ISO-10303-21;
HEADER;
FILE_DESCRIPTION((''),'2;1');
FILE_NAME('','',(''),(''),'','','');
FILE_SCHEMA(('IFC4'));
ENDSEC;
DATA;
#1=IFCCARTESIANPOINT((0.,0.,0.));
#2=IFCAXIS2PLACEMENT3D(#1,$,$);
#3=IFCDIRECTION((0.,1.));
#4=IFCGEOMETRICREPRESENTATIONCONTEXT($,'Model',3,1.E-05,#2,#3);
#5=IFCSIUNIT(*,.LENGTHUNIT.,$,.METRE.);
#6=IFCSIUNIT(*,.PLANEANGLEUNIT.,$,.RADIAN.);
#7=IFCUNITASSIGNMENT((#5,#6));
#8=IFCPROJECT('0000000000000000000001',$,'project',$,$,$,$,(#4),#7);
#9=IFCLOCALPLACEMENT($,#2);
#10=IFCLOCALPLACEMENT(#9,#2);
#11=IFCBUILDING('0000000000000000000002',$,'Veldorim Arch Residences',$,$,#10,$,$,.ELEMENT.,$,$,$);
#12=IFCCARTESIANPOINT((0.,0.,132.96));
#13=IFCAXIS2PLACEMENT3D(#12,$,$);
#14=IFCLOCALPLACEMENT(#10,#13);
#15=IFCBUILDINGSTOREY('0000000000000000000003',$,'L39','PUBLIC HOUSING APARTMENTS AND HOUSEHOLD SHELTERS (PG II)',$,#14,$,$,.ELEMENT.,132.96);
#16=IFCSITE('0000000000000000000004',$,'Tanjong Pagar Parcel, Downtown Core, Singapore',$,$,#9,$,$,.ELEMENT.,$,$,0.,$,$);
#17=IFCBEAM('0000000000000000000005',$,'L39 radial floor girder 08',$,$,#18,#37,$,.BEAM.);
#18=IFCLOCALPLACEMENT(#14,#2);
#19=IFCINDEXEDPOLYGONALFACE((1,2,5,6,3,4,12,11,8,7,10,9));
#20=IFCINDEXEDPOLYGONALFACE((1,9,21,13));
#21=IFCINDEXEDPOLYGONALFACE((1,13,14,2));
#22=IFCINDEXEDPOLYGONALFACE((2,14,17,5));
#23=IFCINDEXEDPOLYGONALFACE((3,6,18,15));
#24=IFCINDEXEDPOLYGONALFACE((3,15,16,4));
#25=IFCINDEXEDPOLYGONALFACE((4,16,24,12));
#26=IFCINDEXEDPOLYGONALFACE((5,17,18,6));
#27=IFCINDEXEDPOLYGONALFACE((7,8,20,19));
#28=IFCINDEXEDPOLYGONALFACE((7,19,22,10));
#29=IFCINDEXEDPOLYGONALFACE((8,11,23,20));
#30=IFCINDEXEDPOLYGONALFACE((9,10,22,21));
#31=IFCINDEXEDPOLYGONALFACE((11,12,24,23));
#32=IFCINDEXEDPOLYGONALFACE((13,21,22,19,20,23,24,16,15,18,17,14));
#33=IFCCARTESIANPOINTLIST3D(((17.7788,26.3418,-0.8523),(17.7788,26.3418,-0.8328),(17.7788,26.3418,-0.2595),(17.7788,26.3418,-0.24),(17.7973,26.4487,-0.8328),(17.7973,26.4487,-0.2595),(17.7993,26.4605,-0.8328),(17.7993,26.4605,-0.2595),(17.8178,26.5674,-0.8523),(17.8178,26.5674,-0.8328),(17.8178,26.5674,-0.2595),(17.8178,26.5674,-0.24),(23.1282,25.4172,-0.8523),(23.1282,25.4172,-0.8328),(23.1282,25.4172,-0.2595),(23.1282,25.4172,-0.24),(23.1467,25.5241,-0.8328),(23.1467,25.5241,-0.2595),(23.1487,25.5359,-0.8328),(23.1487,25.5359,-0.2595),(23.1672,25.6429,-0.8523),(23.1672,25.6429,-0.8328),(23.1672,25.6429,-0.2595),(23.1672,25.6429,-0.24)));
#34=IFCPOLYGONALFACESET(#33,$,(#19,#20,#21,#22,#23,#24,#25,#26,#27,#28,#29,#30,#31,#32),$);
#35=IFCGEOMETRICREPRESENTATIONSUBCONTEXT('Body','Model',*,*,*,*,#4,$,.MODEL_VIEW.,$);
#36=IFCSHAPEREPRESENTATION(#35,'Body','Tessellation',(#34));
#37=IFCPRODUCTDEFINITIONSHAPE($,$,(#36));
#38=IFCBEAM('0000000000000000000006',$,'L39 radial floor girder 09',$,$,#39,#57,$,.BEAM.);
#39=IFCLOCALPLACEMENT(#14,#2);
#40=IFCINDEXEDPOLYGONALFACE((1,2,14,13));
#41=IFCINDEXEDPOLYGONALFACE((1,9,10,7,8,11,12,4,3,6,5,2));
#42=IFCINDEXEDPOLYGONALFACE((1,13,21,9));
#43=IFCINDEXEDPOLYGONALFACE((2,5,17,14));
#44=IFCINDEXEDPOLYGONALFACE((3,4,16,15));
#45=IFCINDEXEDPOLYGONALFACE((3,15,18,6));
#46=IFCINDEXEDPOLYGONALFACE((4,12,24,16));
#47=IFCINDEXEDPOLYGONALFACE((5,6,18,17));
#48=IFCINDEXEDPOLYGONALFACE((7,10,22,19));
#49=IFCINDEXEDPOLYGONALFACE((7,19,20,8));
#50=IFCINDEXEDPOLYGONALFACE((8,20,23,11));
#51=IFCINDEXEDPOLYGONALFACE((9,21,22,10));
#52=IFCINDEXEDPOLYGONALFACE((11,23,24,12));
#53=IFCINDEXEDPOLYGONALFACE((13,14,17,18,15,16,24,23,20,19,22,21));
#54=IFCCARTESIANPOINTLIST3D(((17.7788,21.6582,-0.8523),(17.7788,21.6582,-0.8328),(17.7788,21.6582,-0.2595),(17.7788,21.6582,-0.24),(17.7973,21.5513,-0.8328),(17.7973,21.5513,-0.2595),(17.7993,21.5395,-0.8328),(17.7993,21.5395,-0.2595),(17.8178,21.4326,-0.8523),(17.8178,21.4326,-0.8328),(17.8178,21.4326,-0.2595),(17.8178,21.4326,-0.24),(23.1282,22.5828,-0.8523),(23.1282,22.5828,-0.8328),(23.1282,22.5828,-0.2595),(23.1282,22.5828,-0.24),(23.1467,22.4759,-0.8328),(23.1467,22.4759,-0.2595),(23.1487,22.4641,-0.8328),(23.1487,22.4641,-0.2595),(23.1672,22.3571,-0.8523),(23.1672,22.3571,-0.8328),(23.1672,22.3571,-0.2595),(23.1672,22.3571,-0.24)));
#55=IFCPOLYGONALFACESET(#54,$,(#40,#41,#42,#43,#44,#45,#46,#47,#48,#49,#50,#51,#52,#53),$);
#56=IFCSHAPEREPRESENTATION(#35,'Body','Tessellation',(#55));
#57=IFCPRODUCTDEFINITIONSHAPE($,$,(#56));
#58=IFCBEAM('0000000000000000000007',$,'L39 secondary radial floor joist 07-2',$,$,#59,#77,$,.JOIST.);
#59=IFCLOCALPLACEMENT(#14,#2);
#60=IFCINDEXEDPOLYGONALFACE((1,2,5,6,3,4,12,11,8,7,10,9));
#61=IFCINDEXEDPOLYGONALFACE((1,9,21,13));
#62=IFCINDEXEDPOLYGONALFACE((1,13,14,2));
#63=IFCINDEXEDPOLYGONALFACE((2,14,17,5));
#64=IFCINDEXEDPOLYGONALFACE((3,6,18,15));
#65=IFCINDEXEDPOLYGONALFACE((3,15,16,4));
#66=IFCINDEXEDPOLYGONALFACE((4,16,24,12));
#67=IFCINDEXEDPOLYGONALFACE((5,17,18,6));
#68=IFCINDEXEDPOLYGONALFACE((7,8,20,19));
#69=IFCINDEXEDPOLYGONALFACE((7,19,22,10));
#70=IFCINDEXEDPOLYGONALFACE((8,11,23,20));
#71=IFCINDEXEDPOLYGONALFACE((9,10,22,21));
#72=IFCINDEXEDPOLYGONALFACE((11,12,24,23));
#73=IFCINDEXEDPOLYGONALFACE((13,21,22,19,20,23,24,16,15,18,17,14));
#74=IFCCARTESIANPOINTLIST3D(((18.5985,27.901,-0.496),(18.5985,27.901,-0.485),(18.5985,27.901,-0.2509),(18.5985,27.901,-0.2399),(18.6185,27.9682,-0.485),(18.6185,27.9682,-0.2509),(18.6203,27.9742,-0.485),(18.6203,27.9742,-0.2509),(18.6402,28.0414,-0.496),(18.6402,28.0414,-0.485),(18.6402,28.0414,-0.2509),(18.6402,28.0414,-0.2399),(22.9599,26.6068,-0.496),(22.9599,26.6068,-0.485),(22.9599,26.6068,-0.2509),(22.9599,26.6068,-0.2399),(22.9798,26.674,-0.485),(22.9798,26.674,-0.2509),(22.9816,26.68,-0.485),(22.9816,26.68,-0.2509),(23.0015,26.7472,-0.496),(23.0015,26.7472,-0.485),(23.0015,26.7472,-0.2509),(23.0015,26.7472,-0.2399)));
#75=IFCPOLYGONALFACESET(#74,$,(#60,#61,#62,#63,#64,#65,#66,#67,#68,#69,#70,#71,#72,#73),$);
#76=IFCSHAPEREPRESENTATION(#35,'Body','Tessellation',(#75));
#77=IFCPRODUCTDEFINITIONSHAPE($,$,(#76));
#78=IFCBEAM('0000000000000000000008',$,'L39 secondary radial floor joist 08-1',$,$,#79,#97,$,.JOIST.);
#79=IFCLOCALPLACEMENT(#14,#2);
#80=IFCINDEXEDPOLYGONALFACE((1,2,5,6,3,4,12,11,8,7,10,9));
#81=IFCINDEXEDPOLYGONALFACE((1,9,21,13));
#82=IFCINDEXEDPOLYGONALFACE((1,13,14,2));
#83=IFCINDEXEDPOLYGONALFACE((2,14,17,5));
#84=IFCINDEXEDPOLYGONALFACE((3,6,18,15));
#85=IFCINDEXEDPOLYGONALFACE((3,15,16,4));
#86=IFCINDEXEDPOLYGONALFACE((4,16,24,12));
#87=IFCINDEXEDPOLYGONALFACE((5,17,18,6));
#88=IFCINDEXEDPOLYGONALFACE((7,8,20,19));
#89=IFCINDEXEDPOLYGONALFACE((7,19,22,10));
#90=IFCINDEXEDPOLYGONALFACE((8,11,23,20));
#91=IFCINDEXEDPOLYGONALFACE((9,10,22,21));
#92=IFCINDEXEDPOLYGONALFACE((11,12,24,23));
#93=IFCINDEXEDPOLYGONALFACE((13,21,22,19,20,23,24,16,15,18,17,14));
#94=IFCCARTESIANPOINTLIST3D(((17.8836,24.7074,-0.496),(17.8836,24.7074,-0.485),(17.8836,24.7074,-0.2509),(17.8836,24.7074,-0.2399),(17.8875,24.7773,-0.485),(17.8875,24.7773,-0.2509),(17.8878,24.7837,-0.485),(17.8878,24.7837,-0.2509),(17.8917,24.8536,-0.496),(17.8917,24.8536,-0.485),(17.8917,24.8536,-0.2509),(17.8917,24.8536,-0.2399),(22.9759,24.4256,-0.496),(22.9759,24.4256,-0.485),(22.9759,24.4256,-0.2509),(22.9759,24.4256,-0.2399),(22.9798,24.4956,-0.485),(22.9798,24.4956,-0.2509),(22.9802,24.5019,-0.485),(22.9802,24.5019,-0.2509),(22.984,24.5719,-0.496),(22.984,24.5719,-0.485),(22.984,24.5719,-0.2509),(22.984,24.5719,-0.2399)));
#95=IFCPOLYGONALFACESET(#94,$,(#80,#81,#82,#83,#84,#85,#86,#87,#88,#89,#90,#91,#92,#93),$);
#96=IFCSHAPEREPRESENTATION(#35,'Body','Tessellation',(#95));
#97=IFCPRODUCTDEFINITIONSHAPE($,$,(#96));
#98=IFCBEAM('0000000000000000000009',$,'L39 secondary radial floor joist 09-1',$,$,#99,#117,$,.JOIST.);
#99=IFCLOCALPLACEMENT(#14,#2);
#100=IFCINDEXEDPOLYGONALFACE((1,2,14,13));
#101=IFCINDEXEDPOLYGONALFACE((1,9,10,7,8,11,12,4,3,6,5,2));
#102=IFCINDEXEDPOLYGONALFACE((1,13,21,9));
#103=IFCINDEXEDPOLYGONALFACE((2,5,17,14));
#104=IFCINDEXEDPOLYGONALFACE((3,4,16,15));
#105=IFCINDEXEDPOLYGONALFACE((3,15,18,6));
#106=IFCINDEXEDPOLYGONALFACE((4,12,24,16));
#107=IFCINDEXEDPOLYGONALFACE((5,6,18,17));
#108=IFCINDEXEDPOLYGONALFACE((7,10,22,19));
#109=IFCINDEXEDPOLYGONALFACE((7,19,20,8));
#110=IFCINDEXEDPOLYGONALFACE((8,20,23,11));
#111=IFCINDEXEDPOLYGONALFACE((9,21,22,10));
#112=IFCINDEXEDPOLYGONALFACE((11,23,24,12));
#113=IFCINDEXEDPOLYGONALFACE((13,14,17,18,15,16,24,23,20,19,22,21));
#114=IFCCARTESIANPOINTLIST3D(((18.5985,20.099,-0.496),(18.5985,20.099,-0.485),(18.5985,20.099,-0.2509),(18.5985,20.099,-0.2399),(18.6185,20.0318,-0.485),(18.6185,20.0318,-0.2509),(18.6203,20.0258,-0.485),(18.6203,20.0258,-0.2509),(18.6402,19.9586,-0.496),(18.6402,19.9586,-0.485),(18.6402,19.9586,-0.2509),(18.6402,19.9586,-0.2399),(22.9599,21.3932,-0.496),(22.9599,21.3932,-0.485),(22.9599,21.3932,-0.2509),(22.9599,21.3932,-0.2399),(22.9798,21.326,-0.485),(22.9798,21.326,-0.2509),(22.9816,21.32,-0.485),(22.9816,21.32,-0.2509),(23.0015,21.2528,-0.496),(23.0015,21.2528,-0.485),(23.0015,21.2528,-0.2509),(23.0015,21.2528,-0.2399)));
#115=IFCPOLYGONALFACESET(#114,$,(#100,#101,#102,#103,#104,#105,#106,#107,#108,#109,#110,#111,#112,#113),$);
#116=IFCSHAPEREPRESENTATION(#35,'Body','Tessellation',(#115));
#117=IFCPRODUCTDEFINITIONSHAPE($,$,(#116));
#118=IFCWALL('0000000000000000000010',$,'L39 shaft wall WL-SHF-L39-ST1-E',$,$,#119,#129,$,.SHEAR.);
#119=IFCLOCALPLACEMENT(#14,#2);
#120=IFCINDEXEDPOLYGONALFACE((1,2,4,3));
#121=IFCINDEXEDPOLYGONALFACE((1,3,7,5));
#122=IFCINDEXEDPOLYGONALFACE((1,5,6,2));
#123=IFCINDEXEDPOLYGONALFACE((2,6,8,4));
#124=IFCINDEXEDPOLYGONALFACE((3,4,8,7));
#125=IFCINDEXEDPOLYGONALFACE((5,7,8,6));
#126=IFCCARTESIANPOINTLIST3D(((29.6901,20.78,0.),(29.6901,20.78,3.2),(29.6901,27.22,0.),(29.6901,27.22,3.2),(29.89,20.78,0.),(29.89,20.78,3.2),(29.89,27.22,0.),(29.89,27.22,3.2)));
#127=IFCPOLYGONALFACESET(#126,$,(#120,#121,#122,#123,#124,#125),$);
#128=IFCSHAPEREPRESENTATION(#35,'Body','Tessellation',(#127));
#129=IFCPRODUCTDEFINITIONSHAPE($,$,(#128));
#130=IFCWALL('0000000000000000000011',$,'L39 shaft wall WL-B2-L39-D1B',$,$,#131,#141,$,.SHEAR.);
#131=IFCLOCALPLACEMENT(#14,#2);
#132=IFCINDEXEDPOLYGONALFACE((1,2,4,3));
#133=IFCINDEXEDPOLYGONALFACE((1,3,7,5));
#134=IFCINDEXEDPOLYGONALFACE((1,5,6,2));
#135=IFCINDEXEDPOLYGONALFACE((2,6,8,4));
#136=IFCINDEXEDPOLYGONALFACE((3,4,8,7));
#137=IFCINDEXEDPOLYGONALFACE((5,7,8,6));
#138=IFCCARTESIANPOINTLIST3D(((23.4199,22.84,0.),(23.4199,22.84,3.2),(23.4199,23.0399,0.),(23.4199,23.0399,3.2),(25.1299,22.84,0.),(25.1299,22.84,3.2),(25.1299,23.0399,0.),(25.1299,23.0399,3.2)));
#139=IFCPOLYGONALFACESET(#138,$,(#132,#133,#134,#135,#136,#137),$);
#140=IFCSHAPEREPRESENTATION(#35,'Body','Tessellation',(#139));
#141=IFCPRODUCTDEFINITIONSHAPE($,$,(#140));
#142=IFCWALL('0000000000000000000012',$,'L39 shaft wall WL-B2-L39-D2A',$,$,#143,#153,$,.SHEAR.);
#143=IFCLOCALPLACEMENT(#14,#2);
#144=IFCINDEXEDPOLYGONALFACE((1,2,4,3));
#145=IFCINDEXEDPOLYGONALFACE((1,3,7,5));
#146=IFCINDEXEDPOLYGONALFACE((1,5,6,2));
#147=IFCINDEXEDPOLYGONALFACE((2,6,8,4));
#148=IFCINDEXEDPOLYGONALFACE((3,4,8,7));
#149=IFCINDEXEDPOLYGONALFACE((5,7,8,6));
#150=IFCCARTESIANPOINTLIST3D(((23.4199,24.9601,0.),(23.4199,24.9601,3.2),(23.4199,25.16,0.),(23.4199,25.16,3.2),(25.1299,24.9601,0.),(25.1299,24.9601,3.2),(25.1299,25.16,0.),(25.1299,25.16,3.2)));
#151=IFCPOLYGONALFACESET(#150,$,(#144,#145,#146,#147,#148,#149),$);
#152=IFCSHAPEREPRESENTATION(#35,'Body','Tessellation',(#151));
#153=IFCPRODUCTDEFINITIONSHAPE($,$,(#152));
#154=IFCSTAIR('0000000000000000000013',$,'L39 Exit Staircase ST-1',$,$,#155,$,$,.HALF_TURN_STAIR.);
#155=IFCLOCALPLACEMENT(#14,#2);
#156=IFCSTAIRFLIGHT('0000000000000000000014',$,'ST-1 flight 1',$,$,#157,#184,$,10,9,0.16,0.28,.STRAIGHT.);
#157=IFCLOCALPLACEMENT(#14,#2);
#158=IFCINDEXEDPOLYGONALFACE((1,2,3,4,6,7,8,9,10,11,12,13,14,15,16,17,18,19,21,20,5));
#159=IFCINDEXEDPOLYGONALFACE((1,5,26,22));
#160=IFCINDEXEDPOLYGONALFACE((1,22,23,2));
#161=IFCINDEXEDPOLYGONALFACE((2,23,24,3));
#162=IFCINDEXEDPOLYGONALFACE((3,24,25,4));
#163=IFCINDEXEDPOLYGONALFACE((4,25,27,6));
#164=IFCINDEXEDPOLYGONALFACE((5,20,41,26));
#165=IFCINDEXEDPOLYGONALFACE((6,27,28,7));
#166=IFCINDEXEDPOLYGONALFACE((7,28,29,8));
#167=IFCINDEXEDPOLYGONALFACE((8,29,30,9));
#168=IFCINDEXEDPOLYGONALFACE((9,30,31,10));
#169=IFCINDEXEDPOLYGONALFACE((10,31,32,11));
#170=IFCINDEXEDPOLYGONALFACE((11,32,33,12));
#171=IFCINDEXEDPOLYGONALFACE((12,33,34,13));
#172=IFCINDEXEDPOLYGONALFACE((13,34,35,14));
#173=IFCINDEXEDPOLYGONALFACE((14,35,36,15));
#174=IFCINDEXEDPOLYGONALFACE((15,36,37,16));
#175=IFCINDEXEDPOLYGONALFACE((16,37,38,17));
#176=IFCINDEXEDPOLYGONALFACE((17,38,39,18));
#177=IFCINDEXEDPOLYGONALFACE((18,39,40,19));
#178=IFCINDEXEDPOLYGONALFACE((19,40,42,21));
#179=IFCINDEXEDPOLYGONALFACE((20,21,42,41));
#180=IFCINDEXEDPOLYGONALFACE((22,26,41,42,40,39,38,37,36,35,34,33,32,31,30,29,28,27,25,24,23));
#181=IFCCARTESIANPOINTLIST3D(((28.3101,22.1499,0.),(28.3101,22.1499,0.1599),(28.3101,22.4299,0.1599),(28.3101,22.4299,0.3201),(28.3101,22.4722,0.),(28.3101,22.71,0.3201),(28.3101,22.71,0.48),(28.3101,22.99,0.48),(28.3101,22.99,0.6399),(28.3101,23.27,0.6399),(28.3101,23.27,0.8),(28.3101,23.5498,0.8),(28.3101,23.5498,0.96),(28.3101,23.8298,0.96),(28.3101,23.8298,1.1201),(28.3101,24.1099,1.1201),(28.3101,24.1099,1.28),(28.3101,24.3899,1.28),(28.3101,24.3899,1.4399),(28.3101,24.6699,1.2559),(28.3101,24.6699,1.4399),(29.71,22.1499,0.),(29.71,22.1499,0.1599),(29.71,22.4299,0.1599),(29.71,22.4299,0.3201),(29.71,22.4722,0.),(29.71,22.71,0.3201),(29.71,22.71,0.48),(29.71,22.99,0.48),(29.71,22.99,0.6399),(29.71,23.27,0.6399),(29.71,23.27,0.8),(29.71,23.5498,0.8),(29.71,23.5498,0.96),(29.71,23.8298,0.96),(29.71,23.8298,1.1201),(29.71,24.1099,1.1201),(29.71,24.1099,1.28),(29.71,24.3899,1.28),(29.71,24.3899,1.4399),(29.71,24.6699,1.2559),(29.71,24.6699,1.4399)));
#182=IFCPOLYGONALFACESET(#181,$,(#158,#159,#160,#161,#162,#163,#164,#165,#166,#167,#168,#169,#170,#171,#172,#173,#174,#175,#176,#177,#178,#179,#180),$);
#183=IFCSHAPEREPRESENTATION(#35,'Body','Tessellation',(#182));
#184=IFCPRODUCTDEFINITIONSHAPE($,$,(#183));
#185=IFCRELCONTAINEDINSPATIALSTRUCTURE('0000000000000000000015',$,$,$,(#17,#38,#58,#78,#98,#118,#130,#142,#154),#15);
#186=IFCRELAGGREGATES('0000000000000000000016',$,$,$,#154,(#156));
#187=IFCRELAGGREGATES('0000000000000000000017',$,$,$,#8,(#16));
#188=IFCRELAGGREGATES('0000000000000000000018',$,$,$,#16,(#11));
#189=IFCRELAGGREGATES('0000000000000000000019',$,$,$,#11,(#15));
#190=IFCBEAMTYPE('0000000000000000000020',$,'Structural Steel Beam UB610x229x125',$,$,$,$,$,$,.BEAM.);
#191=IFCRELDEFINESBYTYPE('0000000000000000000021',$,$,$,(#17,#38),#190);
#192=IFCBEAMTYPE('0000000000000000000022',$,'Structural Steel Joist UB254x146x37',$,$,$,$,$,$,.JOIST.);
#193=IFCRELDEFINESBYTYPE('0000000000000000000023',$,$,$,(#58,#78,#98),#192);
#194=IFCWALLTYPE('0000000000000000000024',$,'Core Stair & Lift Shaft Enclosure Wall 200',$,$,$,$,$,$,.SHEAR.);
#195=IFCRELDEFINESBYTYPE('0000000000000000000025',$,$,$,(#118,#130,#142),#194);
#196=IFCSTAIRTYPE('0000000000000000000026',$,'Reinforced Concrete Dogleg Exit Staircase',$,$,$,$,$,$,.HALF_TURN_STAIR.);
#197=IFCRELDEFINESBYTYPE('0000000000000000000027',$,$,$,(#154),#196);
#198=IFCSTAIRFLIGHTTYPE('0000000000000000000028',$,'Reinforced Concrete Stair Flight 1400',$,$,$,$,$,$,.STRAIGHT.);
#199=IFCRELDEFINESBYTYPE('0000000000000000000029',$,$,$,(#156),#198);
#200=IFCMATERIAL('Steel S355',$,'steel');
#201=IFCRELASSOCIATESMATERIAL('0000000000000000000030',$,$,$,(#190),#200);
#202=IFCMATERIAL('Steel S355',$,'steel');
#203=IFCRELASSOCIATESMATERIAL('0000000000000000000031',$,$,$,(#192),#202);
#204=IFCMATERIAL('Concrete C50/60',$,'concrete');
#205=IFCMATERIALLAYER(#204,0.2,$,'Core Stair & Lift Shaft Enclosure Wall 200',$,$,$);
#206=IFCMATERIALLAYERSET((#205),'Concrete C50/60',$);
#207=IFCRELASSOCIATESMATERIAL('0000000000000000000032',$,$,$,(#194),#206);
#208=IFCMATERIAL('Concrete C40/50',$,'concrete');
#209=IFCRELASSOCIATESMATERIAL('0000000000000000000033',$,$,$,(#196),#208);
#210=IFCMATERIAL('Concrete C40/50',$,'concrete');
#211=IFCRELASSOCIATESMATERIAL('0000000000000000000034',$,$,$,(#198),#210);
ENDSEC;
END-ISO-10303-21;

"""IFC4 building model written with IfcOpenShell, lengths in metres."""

from ifc_helpers import new_model, si_unit, direction, frame, frame_2d, origin, origin_2d, place, context, subcontext, project, spatial, polyline, rectangle, i_section, outline, extrude, material, layer, layer_set, material_profile, profile_set, type_object, element, aggregate, save


model = new_model("IFC4")

# Units and contexts
model_context = context("Model", 3, precision=1e-05, world=origin(), true_north=direction((0.0, 1.0)))
body_context = subcontext(model_context, "Body", "Model", "MODEL_VIEW")
ifc_project = project(units=[si_unit("LENGTHUNIT", "METRE"), si_unit("PLANEANGLEUNIT", "RADIAN")], contexts=[model_context])

# Site, building, storey
site_placement = place(None, origin())
site = spatial("IfcSite", under=ifc_project, at=site_placement, Name="Tanjong Pagar Parcel, Downtown Core, Singapore", CompositionType="ELEMENT", RefElevation=0.0)
building_placement = place(site_placement, origin())
building = spatial("IfcBuilding", under=site, at=building_placement, Name="Veldorim Arch Residences", CompositionType="ELEMENT")
storey_placement = place(building_placement, frame((0.0, 0.0, 132.96)))
storey = spatial("IfcBuildingStorey", under=building, at=storey_placement, Name="L39", Description="PUBLIC HOUSING APARTMENTS AND HOUSEHOLD SHELTERS (PG II)", CompositionType="ELEMENT", Elevation=132.96)

# Beams
ifc_material_1 = material(Name="Steel S355", Category="steel")
ifc_material_profile_1 = material_profile(ifc_material_1, i_section(OverallWidth=0.229, OverallDepth=0.6123, WebThickness=0.012, FlangeThickness=0.0195, at=origin_2d()), Name="UB610x229x125")
ifc_profile_set_1 = profile_set([ifc_material_profile_1], Name="Steel S355")
beam_type_1 = type_object("IfcBeamType", Name="Structural Steel Beam UB610x229x125", PredefinedType="BEAM", material=ifc_profile_set_1)
for number, where, z_axis, x_axis, name in (
    (1, (23.1477, 25.53, -0.5461), (-0.98539, 0.170311, 0.0), (-0.170311, -0.98539, 0.0), "L39 radial floor girder 08"),
    (2, (23.1477, 22.47, -0.5461), (-0.98539, -0.170311, 0.0), (0.170311, -0.98539, 0.0), "L39 radial floor girder 09"),
):
    element("IfcBeam", number, at=place(storey_placement, frame(where, z_axis=z_axis, x_axis=x_axis)), inside=storey, type_object=beam_type_1, Name=name, PredefinedType="BEAM", context=body_context, shape_type="SweptSolid", body=[
        extrude(i_section(OverallWidth=0.229, OverallDepth=0.6123, WebThickness=0.012, FlangeThickness=0.0195, at=origin_2d()), origin(), (0.0, 0.0, 1.0), 5.4287),
    ])
ifc_material_2 = material(Name="Steel S355", Category="steel")
ifc_material_profile_2 = material_profile(ifc_material_2, i_section(OverallWidth=0.1465, OverallDepth=0.2561, WebThickness=0.0063, FlangeThickness=0.011, at=origin_2d()), Name="UB254x146x37")
ifc_profile_set_2 = profile_set([ifc_material_profile_2], Name="Steel S355")
beam_type_2 = type_object("IfcBeamType", Name="Structural Steel Joist UB254x146x37", PredefinedType="JOIST", material=ifc_profile_set_2)
beam_1_placement = place(storey_placement, frame((22.9807, 26.677, -0.3679), z_axis=(-0.958682, 0.284481, 0.0), x_axis=(-0.284481, -0.958682, 0.0)))
element("IfcBeam", 3, at=beam_1_placement, inside=storey, type_object=beam_type_2, Name="L39 secondary radial floor joist 07-2", PredefinedType="JOIST", context=body_context, shape_type="SweptSolid", body=[
    extrude(i_section(OverallWidth=0.1465, OverallDepth=0.2561, WebThickness=0.0063, FlangeThickness=0.011, at=origin_2d()), origin(), (0.0, 0.0, 1.0), 4.5493),
])
beam_2_placement = place(storey_placement, frame((22.98, 24.4988, -0.3679), z_axis=(-0.998473, 0.055242, 0.0), x_axis=(-0.055242, -0.998473, 0.0)))
element("IfcBeam", 4, at=beam_2_placement, inside=storey, type_object=beam_type_2, Name="L39 secondary radial floor joist 08-1", PredefinedType="JOIST", context=body_context, shape_type="SweptSolid", body=[
    extrude(i_section(OverallWidth=0.1465, OverallDepth=0.2561, WebThickness=0.0063, FlangeThickness=0.011, at=origin_2d()), origin(), (0.0, 0.0, 1.0), 5.1001),
])
beam_3_placement = place(storey_placement, frame((22.9807, 21.323, -0.3679), z_axis=(-0.958682, -0.284481, 0.0), x_axis=(0.284481, -0.958682, 0.0)))
element("IfcBeam", 5, at=beam_3_placement, inside=storey, type_object=beam_type_2, Name="L39 secondary radial floor joist 09-1", PredefinedType="JOIST", context=body_context, shape_type="SweptSolid", body=[
    extrude(i_section(OverallWidth=0.1465, OverallDepth=0.2561, WebThickness=0.0063, FlangeThickness=0.011, at=origin_2d()), origin(), (0.0, 0.0, 1.0), 4.5493),
])

# Wall
ifc_material_3 = material(Name="Concrete C50/60", Category="concrete")
ifc_layer = layer(ifc_material_3, 0.2, Name="Core Stair & Lift Shaft Enclosure Wall 200")
ifc_layer_set = layer_set([ifc_layer], Name="Concrete C50/60")
wall_type = type_object("IfcWallType", Name="Core Stair & Lift Shaft Enclosure Wall 200", PredefinedType="SHEAR", material=ifc_layer_set)
wall_1_placement = place(storey_placement, frame((29.79, 20.78, 0.0), z_axis=(0.0, 0.0, 1.0), x_axis=(0.0, 1.0, 0.0)))
element("IfcWall", 6, at=wall_1_placement, inside=storey, type_object=wall_type, Name="L39 shaft wall WL-SHF-L39-ST1-E", PredefinedType="SHEAR", context=body_context, shape_type="SweptSolid", body=[
    extrude(rectangle(XDim=6.4399, YDim=0.2, at=frame_2d((3.22, 0.0))), origin(), (0.0, 0.0, 1.0), 3.2),
])

# Walls
for number, where, z_axis, x_axis, name in (
    (7, (23.4199, 22.9399, 0.0), (0.0, 0.0, 1.0), (1.0, 0.0, 0.0), "L39 shaft wall WL-B2-L39-D1B"),
    (8, (23.4199, 25.0601, 0.0), (0.0, 0.0, 1.0), (1.0, 0.0, 0.0), "L39 shaft wall WL-B2-L39-D2A"),
):
    element("IfcWall", number, at=place(storey_placement, frame(where, z_axis=z_axis, x_axis=x_axis)), inside=storey, type_object=wall_type, Name=name, PredefinedType="SHEAR", context=body_context, shape_type="SweptSolid", body=[
        extrude(rectangle(XDim=1.71, YDim=0.2, at=frame_2d((0.855, 0.0))), origin(), (0.0, 0.0, 1.0), 3.2),
    ])

# Stair, stair flight
ifc_material_4 = material(Name="Concrete C40/50", Category="concrete")
stair_type = type_object("IfcStairType", Name="Reinforced Concrete Dogleg Exit Staircase", PredefinedType="HALF_TURN_STAIR", material=ifc_material_4)
stair_placement = place(storey_placement, origin())
stair = element("IfcStair", 9, at=stair_placement, inside=storey, type_object=stair_type, Name="L39 Exit Staircase ST-1", PredefinedType="HALF_TURN_STAIR")
ifc_material_5 = material(Name="Concrete C40/50", Category="concrete")
stair_flight_type = type_object("IfcStairFlightType", Name="Reinforced Concrete Stair Flight 1400", PredefinedType="STRAIGHT", material=ifc_material_5)
stair_flight_1_placement = place(storey_placement, frame((29.01, 22.1499, 0.0), z_axis=(0.0, 0.0, 1.0), x_axis=(0.0, 1.0, 0.0)))
stair_flight_1 = element("IfcStairFlight", 10, at=stair_flight_1_placement, type_object=stair_flight_type, Name="ST-1 flight 1", NumberOfRisers=10, NumberOfTreads=9, PredefinedType="STRAIGHT", RiserHeight=0.16, TreadLength=0.28, context=body_context, shape_type="SweptSolid", body=[
    extrude(outline(polyline([(0.0, 0.0), (0.0, 0.1599), (0.28, 0.1599), (0.28, 0.3201), (0.5601, 0.3201), (0.5601, 0.48), (0.8401, 0.48), (0.8401, 0.6399), (1.1201, 0.6399), (1.1201, 0.8), (1.3999, 0.8), (1.3999, 0.96), (1.6799, 0.96), (1.6799, 1.1201), (1.96, 1.1201), (1.96, 1.28), (2.24, 1.28), (2.24, 1.4399), (2.52, 1.4399), (2.52, 1.6001), (2.52, 1.2559), (0.3223, 0.0), (0.0, 0.0)])), frame((0.0, 0.7, 0.0), z_axis=(0.0, -1.0, 0.0), x_axis=(1.0, 0.0, 0.0)), (0.0, 0.0, 1.0), 1.3999),
])
aggregate(stair, [stair_flight_1])

save(model, "model.ifc")
